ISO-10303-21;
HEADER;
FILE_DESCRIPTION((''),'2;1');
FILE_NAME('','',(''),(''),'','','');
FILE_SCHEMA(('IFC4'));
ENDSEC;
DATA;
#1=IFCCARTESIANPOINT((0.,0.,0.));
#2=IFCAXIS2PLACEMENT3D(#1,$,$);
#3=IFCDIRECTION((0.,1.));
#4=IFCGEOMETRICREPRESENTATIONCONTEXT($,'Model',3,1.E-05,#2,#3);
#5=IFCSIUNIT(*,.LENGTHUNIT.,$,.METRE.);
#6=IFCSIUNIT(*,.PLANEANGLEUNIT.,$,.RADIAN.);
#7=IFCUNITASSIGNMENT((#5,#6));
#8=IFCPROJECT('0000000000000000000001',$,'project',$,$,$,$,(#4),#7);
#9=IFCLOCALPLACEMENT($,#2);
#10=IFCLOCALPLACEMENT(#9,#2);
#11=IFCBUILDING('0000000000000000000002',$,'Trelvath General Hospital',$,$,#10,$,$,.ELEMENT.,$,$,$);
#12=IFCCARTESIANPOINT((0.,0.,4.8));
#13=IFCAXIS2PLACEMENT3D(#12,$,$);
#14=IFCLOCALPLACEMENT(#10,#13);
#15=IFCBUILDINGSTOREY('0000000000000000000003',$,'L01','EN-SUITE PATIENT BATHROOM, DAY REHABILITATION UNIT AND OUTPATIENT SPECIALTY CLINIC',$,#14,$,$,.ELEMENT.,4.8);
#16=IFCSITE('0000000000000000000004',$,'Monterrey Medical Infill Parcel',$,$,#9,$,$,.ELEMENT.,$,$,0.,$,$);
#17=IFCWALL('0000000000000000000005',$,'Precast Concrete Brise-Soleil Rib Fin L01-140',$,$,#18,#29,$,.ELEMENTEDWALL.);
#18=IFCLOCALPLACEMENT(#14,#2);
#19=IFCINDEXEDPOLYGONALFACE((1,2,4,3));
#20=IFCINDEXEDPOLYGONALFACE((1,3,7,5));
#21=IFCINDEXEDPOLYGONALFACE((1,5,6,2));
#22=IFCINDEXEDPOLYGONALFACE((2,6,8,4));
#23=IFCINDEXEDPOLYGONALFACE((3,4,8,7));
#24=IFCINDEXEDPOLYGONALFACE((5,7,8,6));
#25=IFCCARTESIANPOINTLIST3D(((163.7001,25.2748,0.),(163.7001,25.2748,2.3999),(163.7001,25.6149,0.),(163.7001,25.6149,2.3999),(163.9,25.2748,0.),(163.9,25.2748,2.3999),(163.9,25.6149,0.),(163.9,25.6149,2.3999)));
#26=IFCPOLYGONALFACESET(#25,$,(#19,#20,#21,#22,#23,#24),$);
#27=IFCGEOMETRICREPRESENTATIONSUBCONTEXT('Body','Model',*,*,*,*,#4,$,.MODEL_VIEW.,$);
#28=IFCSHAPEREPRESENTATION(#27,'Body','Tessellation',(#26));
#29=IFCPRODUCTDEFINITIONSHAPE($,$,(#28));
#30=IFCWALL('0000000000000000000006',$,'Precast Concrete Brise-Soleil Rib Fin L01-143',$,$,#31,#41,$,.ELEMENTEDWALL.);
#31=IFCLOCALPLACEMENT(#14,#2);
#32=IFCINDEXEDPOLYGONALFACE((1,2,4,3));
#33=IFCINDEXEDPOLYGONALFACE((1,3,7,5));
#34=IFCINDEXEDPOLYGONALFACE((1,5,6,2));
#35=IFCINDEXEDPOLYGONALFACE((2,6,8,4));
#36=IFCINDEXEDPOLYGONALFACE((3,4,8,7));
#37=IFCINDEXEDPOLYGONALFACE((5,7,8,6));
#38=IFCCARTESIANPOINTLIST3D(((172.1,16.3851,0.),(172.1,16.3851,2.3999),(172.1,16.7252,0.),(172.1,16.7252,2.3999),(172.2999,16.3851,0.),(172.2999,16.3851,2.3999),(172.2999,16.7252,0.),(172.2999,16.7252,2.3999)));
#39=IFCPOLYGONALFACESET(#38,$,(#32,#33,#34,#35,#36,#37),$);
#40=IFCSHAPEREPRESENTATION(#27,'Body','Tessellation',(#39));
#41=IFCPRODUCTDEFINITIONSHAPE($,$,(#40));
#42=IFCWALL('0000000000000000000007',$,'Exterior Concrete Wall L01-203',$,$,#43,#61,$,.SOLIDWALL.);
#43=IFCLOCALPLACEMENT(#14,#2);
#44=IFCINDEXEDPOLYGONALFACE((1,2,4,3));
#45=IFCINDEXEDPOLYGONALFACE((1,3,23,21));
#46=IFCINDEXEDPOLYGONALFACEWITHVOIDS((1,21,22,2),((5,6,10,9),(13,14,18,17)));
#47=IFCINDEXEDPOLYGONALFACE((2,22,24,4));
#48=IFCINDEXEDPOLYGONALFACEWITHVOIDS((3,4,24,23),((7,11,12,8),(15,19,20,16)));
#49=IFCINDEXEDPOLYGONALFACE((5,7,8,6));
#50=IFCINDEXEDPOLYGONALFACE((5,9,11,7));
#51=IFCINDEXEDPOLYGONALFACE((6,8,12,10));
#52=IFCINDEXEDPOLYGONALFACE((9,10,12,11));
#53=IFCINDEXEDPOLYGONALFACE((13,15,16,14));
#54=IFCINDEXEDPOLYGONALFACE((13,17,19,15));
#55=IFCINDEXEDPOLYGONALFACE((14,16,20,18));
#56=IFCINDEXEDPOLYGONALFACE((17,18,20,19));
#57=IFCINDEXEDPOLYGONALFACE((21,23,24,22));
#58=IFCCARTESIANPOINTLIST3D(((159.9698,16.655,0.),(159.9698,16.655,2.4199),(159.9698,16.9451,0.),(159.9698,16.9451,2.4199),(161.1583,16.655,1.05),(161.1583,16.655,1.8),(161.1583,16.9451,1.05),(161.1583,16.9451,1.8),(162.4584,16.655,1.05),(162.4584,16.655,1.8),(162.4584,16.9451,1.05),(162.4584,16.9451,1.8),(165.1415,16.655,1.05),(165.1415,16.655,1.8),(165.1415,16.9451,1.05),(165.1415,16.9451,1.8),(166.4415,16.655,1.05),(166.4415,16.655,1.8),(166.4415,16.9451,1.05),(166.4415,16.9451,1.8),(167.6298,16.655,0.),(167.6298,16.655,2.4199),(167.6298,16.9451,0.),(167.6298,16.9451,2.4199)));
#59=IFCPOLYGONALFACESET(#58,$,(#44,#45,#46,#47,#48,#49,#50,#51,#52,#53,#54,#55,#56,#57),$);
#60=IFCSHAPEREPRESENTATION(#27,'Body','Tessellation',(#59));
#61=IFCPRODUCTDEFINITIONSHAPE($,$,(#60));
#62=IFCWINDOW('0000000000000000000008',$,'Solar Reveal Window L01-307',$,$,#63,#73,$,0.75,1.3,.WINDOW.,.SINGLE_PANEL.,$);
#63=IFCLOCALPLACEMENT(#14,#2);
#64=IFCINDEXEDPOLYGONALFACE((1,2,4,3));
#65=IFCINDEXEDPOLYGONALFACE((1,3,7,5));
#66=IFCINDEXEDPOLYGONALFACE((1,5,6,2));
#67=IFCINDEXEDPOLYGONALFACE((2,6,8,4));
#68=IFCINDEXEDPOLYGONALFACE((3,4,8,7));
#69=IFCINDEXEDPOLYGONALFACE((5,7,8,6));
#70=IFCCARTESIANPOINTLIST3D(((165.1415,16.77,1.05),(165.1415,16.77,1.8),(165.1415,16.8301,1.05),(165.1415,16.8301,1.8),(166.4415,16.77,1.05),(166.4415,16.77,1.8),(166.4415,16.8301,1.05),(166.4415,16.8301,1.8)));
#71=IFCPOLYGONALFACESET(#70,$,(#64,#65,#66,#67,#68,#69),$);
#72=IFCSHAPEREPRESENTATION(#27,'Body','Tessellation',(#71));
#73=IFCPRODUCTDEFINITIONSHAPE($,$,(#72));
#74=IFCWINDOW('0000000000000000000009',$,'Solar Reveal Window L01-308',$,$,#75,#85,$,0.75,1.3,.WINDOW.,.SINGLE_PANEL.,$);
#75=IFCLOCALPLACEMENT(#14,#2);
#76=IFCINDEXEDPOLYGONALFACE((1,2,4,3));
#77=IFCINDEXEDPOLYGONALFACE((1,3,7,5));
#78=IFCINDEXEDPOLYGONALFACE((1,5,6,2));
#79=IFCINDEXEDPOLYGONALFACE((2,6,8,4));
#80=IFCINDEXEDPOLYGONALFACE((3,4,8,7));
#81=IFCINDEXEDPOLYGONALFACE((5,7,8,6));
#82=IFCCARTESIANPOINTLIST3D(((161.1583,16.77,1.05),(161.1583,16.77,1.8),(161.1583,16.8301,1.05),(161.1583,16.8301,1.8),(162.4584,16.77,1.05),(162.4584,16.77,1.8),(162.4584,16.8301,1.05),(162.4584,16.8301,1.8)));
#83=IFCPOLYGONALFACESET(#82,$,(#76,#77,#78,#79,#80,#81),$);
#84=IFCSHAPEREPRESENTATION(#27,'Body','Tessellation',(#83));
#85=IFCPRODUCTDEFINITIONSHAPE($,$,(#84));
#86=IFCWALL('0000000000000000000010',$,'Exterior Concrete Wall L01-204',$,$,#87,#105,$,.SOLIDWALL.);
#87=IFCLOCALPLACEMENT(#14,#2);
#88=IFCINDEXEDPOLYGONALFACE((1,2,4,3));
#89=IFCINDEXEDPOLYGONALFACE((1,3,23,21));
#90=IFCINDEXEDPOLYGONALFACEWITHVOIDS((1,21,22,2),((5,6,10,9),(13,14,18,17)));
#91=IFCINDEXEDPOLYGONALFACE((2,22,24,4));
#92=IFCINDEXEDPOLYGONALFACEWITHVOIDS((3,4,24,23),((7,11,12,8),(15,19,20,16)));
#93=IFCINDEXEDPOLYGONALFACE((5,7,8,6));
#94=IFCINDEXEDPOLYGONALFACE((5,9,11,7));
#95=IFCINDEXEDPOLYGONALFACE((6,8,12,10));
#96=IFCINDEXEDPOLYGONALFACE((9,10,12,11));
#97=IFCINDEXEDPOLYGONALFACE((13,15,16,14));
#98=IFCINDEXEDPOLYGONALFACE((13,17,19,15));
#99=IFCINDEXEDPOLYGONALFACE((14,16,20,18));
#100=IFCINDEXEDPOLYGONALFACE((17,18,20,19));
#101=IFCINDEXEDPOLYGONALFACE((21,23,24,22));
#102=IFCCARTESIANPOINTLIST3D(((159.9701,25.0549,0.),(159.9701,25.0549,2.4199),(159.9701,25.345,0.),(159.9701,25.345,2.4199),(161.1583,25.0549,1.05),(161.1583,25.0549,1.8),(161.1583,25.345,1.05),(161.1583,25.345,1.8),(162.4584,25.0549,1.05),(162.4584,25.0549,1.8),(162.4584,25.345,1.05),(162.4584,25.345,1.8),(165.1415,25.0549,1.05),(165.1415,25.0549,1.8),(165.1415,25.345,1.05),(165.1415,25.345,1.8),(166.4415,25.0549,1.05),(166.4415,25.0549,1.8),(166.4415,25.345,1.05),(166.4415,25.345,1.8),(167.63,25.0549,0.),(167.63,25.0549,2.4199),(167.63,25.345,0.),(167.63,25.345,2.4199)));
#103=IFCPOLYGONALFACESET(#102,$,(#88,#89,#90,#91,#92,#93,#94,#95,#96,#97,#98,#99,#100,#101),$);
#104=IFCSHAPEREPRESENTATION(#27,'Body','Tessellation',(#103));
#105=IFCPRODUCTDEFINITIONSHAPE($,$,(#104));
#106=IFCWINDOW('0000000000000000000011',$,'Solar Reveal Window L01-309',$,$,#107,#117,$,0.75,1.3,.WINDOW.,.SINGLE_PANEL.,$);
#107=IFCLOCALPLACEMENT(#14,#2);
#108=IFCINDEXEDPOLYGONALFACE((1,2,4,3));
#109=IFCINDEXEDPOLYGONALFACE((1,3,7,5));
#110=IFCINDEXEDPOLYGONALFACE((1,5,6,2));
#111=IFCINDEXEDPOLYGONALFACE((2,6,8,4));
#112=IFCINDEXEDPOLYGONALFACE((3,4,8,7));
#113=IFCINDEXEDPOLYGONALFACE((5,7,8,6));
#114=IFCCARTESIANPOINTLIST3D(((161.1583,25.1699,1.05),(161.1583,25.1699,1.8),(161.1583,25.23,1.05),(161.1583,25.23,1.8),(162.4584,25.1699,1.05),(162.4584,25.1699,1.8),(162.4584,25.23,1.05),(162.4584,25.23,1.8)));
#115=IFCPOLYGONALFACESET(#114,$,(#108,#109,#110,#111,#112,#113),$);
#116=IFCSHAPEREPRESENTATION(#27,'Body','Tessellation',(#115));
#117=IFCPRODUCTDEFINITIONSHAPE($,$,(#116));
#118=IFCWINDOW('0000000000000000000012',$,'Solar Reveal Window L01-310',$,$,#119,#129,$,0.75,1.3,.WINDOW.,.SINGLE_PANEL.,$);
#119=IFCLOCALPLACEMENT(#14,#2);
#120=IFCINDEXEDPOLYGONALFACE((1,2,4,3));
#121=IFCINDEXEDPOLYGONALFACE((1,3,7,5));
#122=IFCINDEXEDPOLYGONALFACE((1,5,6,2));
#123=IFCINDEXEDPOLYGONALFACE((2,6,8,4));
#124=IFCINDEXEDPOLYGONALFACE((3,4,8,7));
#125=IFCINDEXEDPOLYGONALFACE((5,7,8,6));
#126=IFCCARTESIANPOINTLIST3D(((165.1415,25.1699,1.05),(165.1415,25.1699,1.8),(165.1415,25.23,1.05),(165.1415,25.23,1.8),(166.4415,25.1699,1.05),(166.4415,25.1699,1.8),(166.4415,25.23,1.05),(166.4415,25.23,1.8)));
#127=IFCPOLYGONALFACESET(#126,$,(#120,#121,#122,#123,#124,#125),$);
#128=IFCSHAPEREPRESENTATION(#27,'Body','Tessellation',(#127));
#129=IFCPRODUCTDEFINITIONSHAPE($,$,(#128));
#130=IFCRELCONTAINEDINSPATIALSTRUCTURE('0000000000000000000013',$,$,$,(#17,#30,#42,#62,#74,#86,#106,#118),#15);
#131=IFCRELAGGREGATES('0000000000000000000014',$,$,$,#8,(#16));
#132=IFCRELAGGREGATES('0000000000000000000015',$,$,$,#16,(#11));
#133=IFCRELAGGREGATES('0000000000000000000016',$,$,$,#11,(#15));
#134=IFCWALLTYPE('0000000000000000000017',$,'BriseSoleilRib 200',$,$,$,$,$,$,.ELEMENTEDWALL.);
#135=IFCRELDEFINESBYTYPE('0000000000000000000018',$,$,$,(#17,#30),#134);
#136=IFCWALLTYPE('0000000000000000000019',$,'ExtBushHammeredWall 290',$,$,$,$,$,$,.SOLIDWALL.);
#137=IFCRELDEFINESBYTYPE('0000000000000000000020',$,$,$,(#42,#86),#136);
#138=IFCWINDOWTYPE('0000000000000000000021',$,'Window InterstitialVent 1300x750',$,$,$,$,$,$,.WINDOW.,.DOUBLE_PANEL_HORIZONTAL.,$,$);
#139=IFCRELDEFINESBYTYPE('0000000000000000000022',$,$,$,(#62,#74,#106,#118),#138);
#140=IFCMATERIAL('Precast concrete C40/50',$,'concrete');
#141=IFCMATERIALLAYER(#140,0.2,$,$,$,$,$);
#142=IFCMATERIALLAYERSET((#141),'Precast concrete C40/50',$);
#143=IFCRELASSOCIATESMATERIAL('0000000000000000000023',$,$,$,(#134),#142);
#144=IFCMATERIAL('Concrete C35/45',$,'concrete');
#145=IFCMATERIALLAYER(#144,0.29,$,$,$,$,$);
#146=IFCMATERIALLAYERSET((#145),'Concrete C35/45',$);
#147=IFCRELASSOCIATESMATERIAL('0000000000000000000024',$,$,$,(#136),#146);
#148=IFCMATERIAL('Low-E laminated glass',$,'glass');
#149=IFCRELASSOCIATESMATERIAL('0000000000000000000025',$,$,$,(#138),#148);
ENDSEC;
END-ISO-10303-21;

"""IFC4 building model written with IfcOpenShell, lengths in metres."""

from ifc_helpers import new_model, si_unit, direction, frame, frame_2d, origin, place, context, subcontext, project, spatial, rectangle, extrude, material, layer, layer_set, type_object, element, fill, save


model = new_model("IFC4")

# Units and contexts
model_context = context("Model", 3, precision=1e-05, world=origin(), true_north=direction((0.0, 1.0)))
body_context = subcontext(model_context, "Body", "Model", "MODEL_VIEW")
ifc_project = project(units=[si_unit("LENGTHUNIT", "METRE"), si_unit("PLANEANGLEUNIT", "RADIAN")], contexts=[model_context])

# Site, building, storey
site_placement = place(None, origin())
site = spatial("IfcSite", under=ifc_project, at=site_placement, Name="Monterrey Medical Infill Parcel", CompositionType="ELEMENT", RefElevation=0.0)
building_placement = place(site_placement, origin())
building = spatial("IfcBuilding", under=site, at=building_placement, Name="Trelvath General Hospital", CompositionType="ELEMENT")
storey_placement = place(building_placement, frame((0.0, 0.0, 4.8)))
storey = spatial("IfcBuildingStorey", under=building, at=storey_placement, Name="L01", Description="EN-SUITE PATIENT BATHROOM, DAY REHABILITATION UNIT AND OUTPATIENT SPECIALTY CLINIC", CompositionType="ELEMENT", Elevation=4.8)

# Walls
ifc_material_1 = material(Name="Precast concrete C40/50", Category="concrete")
ifc_layer_1 = layer(ifc_material_1, 0.2)
ifc_layer_set_1 = layer_set([ifc_layer_1], Name="Precast concrete C40/50")
wall_type_1 = type_object("IfcWallType", Name="BriseSoleilRib 200", PredefinedType="ELEMENTEDWALL", material=ifc_layer_set_1)
for number, where, z_axis, x_axis, name in (
    (1, (163.8, 25.2749, 0.0), (0.0, 0.0, 1.0), (0.0, 1.0, 0.0), "Precast Concrete Brise-Soleil Rib Fin L01-140"),
    (2, (172.2, 16.7251, 0.0), (0.0, 0.0, 1.0), (0.0, -1.0, 0.0), "Precast Concrete Brise-Soleil Rib Fin L01-143"),
):
    element("IfcWall", number, at=place(storey_placement, frame(where, z_axis=z_axis, x_axis=x_axis)), inside=storey, type_object=wall_type_1, Name=name, PredefinedType="ELEMENTEDWALL", context=body_context, shape_type="SweptSolid", body=[
        extrude(rectangle(XDim=0.3401, YDim=0.2, at=frame_2d((0.1699, 0.0))), origin(), (0.0, 0.0, 1.0), 2.3999),
    ])

# Walls, openings, windows
ifc_material_2 = material(Name="Concrete C35/45", Category="concrete")
ifc_layer_2 = layer(ifc_material_2, 0.29)
ifc_layer_set_2 = layer_set([ifc_layer_2], Name="Concrete C35/45")
wall_type_2 = type_object("IfcWallType", Name="ExtBushHammeredWall 290", PredefinedType="SOLIDWALL", material=ifc_layer_set_2)
wall_1_placement = place(storey_placement, frame((167.6299, 16.8, 0.0), z_axis=(0.0, 0.0, 1.0), x_axis=(-1.0, 0.0, 0.0)))
wall_1 = element("IfcWall", 3, at=wall_1_placement, inside=storey, type_object=wall_type_2, Name="Exterior Concrete Wall L01-203", PredefinedType="SOLIDWALL", context=body_context, shape_type="SweptSolid", body=[
    extrude(rectangle(XDim=7.6599, YDim=0.29, at=frame_2d((3.8301, 0.0))), origin(), (0.0, 0.0, 1.0), 2.4199),
])
opening_1_placement = place(wall_1_placement, frame((1.1885, 0.0, 1.05)))
opening_1 = element("IfcOpeningElement", 4, at=opening_1_placement, cuts=wall_1, PredefinedType="OPENING", context=body_context, shape_type="SweptSolid", body=[
    extrude(rectangle(XDim=1.3, YDim=0.75, at=frame_2d((0.6499, 0.375))), frame((0.0, 0.155, 0.0), z_axis=(0.0, -1.0, 0.0), x_axis=(1.0, 0.0, 0.0)), (0.0, 0.0, 1.0), 0.3101),
])
opening_2_placement = place(wall_1_placement, frame((5.1716, 0.0, 1.05)))
opening_2 = element("IfcOpeningElement", 5, at=opening_2_placement, cuts=wall_1, PredefinedType="OPENING", context=body_context, shape_type="SweptSolid", body=[
    extrude(rectangle(XDim=1.3, YDim=0.75, at=frame_2d((0.6499, 0.375))), frame((0.0, 0.155, 0.0), z_axis=(0.0, -1.0, 0.0), x_axis=(1.0, 0.0, 0.0)), (0.0, 0.0, 1.0), 0.3101),
])
ifc_material_3 = material(Name="Low-E laminated glass", Category="glass")
window_type_1 = type_object("IfcWindowType", Name="Window InterstitialVent 1300x750", PartitioningType="DOUBLE_PANEL_HORIZONTAL", PredefinedType="WINDOW", material=ifc_material_3)
window_1_placement = place(opening_1_placement, origin())
window_1 = element("IfcWindow", 6, at=window_1_placement, inside=storey, type_object=window_type_1, Name="Solar Reveal Window L01-307", OverallHeight=0.75, OverallWidth=1.3, PartitioningType="SINGLE_PANEL", PredefinedType="WINDOW", context=body_context, shape_type="SweptSolid", body=[
    extrude(rectangle(XDim=1.3, YDim=0.75, at=frame_2d((0.6499, 0.375))), frame((0.0, 0.03, 0.0), z_axis=(0.0, -1.0, 0.0), x_axis=(1.0, 0.0, 0.0)), (0.0, 0.0, 1.0), 0.0601),
])
fill(opening_1, window_1)
window_2_placement = place(opening_2_placement, origin())
window_2 = element("IfcWindow", 7, at=window_2_placement, inside=storey, type_object=window_type_1, Name="Solar Reveal Window L01-308", OverallHeight=0.75, OverallWidth=1.3, PartitioningType="SINGLE_PANEL", PredefinedType="WINDOW", context=body_context, shape_type="SweptSolid", body=[
    extrude(rectangle(XDim=1.3, YDim=0.75, at=frame_2d((0.6499, 0.375))), frame((0.0, 0.03, 0.0), z_axis=(0.0, -1.0, 0.0), x_axis=(1.0, 0.0, 0.0)), (0.0, 0.0, 1.0), 0.0601),
])
fill(opening_2, window_2)
wall_2_placement = place(storey_placement, frame((159.97, 25.2, 0.0), z_axis=(0.0, 0.0, 1.0), x_axis=(1.0, 0.0, 0.0)))
wall_2 = element("IfcWall", 8, at=wall_2_placement, inside=storey, type_object=wall_type_2, Name="Exterior Concrete Wall L01-204", PredefinedType="SOLIDWALL", context=body_context, shape_type="SweptSolid", body=[
    extrude(rectangle(XDim=7.6599, YDim=0.29, at=frame_2d((3.8301, 0.0))), origin(), (0.0, 0.0, 1.0), 2.4199),
])
opening_3_placement = place(wall_2_placement, frame((1.1885, 0.0, 1.05)))
opening_3 = element("IfcOpeningElement", 9, at=opening_3_placement, cuts=wall_2, PredefinedType="OPENING", context=body_context, shape_type="SweptSolid", body=[
    extrude(rectangle(XDim=1.3, YDim=0.75, at=frame_2d((0.6499, 0.375))), frame((0.0, 0.155, 0.0), z_axis=(0.0, -1.0, 0.0), x_axis=(1.0, 0.0, 0.0)), (0.0, 0.0, 1.0), 0.3101),
])
opening_4_placement = place(wall_2_placement, frame((5.1716, 0.0, 1.05)))
opening_4 = element("IfcOpeningElement", 10, at=opening_4_placement, cuts=wall_2, PredefinedType="OPENING", context=body_context, shape_type="SweptSolid", body=[
    extrude(rectangle(XDim=1.3, YDim=0.75, at=frame_2d((0.6499, 0.375))), frame((0.0, 0.155, 0.0), z_axis=(0.0, -1.0, 0.0), x_axis=(1.0, 0.0, 0.0)), (0.0, 0.0, 1.0), 0.3101),
])
window_3_placement = place(opening_3_placement, origin())
window_3 = element("IfcWindow", 11, at=window_3_placement, inside=storey, type_object=window_type_1, Name="Solar Reveal Window L01-309", OverallHeight=0.75, OverallWidth=1.3, PartitioningType="SINGLE_PANEL", PredefinedType="WINDOW", context=body_context, shape_type="SweptSolid", body=[
    extrude(rectangle(XDim=1.3, YDim=0.75, at=frame_2d((0.6499, 0.375))), frame((0.0, 0.03, 0.0), z_axis=(0.0, -1.0, 0.0), x_axis=(1.0, 0.0, 0.0)), (0.0, 0.0, 1.0), 0.0601),
])
fill(opening_3, window_3)
window_4_placement = place(opening_4_placement, origin())
window_4 = element("IfcWindow", 12, at=window_4_placement, inside=storey, type_object=window_type_1, Name="Solar Reveal Window L01-310", OverallHeight=0.75, OverallWidth=1.3, PartitioningType="SINGLE_PANEL", PredefinedType="WINDOW", context=body_context, shape_type="SweptSolid", body=[
    extrude(rectangle(XDim=1.3, YDim=0.75, at=frame_2d((0.6499, 0.375))), frame((0.0, 0.03, 0.0), z_axis=(0.0, -1.0, 0.0), x_axis=(1.0, 0.0, 0.0)), (0.0, 0.0, 1.0), 0.0601),
])
fill(opening_4, window_4)

save(model, "model.ifc")
